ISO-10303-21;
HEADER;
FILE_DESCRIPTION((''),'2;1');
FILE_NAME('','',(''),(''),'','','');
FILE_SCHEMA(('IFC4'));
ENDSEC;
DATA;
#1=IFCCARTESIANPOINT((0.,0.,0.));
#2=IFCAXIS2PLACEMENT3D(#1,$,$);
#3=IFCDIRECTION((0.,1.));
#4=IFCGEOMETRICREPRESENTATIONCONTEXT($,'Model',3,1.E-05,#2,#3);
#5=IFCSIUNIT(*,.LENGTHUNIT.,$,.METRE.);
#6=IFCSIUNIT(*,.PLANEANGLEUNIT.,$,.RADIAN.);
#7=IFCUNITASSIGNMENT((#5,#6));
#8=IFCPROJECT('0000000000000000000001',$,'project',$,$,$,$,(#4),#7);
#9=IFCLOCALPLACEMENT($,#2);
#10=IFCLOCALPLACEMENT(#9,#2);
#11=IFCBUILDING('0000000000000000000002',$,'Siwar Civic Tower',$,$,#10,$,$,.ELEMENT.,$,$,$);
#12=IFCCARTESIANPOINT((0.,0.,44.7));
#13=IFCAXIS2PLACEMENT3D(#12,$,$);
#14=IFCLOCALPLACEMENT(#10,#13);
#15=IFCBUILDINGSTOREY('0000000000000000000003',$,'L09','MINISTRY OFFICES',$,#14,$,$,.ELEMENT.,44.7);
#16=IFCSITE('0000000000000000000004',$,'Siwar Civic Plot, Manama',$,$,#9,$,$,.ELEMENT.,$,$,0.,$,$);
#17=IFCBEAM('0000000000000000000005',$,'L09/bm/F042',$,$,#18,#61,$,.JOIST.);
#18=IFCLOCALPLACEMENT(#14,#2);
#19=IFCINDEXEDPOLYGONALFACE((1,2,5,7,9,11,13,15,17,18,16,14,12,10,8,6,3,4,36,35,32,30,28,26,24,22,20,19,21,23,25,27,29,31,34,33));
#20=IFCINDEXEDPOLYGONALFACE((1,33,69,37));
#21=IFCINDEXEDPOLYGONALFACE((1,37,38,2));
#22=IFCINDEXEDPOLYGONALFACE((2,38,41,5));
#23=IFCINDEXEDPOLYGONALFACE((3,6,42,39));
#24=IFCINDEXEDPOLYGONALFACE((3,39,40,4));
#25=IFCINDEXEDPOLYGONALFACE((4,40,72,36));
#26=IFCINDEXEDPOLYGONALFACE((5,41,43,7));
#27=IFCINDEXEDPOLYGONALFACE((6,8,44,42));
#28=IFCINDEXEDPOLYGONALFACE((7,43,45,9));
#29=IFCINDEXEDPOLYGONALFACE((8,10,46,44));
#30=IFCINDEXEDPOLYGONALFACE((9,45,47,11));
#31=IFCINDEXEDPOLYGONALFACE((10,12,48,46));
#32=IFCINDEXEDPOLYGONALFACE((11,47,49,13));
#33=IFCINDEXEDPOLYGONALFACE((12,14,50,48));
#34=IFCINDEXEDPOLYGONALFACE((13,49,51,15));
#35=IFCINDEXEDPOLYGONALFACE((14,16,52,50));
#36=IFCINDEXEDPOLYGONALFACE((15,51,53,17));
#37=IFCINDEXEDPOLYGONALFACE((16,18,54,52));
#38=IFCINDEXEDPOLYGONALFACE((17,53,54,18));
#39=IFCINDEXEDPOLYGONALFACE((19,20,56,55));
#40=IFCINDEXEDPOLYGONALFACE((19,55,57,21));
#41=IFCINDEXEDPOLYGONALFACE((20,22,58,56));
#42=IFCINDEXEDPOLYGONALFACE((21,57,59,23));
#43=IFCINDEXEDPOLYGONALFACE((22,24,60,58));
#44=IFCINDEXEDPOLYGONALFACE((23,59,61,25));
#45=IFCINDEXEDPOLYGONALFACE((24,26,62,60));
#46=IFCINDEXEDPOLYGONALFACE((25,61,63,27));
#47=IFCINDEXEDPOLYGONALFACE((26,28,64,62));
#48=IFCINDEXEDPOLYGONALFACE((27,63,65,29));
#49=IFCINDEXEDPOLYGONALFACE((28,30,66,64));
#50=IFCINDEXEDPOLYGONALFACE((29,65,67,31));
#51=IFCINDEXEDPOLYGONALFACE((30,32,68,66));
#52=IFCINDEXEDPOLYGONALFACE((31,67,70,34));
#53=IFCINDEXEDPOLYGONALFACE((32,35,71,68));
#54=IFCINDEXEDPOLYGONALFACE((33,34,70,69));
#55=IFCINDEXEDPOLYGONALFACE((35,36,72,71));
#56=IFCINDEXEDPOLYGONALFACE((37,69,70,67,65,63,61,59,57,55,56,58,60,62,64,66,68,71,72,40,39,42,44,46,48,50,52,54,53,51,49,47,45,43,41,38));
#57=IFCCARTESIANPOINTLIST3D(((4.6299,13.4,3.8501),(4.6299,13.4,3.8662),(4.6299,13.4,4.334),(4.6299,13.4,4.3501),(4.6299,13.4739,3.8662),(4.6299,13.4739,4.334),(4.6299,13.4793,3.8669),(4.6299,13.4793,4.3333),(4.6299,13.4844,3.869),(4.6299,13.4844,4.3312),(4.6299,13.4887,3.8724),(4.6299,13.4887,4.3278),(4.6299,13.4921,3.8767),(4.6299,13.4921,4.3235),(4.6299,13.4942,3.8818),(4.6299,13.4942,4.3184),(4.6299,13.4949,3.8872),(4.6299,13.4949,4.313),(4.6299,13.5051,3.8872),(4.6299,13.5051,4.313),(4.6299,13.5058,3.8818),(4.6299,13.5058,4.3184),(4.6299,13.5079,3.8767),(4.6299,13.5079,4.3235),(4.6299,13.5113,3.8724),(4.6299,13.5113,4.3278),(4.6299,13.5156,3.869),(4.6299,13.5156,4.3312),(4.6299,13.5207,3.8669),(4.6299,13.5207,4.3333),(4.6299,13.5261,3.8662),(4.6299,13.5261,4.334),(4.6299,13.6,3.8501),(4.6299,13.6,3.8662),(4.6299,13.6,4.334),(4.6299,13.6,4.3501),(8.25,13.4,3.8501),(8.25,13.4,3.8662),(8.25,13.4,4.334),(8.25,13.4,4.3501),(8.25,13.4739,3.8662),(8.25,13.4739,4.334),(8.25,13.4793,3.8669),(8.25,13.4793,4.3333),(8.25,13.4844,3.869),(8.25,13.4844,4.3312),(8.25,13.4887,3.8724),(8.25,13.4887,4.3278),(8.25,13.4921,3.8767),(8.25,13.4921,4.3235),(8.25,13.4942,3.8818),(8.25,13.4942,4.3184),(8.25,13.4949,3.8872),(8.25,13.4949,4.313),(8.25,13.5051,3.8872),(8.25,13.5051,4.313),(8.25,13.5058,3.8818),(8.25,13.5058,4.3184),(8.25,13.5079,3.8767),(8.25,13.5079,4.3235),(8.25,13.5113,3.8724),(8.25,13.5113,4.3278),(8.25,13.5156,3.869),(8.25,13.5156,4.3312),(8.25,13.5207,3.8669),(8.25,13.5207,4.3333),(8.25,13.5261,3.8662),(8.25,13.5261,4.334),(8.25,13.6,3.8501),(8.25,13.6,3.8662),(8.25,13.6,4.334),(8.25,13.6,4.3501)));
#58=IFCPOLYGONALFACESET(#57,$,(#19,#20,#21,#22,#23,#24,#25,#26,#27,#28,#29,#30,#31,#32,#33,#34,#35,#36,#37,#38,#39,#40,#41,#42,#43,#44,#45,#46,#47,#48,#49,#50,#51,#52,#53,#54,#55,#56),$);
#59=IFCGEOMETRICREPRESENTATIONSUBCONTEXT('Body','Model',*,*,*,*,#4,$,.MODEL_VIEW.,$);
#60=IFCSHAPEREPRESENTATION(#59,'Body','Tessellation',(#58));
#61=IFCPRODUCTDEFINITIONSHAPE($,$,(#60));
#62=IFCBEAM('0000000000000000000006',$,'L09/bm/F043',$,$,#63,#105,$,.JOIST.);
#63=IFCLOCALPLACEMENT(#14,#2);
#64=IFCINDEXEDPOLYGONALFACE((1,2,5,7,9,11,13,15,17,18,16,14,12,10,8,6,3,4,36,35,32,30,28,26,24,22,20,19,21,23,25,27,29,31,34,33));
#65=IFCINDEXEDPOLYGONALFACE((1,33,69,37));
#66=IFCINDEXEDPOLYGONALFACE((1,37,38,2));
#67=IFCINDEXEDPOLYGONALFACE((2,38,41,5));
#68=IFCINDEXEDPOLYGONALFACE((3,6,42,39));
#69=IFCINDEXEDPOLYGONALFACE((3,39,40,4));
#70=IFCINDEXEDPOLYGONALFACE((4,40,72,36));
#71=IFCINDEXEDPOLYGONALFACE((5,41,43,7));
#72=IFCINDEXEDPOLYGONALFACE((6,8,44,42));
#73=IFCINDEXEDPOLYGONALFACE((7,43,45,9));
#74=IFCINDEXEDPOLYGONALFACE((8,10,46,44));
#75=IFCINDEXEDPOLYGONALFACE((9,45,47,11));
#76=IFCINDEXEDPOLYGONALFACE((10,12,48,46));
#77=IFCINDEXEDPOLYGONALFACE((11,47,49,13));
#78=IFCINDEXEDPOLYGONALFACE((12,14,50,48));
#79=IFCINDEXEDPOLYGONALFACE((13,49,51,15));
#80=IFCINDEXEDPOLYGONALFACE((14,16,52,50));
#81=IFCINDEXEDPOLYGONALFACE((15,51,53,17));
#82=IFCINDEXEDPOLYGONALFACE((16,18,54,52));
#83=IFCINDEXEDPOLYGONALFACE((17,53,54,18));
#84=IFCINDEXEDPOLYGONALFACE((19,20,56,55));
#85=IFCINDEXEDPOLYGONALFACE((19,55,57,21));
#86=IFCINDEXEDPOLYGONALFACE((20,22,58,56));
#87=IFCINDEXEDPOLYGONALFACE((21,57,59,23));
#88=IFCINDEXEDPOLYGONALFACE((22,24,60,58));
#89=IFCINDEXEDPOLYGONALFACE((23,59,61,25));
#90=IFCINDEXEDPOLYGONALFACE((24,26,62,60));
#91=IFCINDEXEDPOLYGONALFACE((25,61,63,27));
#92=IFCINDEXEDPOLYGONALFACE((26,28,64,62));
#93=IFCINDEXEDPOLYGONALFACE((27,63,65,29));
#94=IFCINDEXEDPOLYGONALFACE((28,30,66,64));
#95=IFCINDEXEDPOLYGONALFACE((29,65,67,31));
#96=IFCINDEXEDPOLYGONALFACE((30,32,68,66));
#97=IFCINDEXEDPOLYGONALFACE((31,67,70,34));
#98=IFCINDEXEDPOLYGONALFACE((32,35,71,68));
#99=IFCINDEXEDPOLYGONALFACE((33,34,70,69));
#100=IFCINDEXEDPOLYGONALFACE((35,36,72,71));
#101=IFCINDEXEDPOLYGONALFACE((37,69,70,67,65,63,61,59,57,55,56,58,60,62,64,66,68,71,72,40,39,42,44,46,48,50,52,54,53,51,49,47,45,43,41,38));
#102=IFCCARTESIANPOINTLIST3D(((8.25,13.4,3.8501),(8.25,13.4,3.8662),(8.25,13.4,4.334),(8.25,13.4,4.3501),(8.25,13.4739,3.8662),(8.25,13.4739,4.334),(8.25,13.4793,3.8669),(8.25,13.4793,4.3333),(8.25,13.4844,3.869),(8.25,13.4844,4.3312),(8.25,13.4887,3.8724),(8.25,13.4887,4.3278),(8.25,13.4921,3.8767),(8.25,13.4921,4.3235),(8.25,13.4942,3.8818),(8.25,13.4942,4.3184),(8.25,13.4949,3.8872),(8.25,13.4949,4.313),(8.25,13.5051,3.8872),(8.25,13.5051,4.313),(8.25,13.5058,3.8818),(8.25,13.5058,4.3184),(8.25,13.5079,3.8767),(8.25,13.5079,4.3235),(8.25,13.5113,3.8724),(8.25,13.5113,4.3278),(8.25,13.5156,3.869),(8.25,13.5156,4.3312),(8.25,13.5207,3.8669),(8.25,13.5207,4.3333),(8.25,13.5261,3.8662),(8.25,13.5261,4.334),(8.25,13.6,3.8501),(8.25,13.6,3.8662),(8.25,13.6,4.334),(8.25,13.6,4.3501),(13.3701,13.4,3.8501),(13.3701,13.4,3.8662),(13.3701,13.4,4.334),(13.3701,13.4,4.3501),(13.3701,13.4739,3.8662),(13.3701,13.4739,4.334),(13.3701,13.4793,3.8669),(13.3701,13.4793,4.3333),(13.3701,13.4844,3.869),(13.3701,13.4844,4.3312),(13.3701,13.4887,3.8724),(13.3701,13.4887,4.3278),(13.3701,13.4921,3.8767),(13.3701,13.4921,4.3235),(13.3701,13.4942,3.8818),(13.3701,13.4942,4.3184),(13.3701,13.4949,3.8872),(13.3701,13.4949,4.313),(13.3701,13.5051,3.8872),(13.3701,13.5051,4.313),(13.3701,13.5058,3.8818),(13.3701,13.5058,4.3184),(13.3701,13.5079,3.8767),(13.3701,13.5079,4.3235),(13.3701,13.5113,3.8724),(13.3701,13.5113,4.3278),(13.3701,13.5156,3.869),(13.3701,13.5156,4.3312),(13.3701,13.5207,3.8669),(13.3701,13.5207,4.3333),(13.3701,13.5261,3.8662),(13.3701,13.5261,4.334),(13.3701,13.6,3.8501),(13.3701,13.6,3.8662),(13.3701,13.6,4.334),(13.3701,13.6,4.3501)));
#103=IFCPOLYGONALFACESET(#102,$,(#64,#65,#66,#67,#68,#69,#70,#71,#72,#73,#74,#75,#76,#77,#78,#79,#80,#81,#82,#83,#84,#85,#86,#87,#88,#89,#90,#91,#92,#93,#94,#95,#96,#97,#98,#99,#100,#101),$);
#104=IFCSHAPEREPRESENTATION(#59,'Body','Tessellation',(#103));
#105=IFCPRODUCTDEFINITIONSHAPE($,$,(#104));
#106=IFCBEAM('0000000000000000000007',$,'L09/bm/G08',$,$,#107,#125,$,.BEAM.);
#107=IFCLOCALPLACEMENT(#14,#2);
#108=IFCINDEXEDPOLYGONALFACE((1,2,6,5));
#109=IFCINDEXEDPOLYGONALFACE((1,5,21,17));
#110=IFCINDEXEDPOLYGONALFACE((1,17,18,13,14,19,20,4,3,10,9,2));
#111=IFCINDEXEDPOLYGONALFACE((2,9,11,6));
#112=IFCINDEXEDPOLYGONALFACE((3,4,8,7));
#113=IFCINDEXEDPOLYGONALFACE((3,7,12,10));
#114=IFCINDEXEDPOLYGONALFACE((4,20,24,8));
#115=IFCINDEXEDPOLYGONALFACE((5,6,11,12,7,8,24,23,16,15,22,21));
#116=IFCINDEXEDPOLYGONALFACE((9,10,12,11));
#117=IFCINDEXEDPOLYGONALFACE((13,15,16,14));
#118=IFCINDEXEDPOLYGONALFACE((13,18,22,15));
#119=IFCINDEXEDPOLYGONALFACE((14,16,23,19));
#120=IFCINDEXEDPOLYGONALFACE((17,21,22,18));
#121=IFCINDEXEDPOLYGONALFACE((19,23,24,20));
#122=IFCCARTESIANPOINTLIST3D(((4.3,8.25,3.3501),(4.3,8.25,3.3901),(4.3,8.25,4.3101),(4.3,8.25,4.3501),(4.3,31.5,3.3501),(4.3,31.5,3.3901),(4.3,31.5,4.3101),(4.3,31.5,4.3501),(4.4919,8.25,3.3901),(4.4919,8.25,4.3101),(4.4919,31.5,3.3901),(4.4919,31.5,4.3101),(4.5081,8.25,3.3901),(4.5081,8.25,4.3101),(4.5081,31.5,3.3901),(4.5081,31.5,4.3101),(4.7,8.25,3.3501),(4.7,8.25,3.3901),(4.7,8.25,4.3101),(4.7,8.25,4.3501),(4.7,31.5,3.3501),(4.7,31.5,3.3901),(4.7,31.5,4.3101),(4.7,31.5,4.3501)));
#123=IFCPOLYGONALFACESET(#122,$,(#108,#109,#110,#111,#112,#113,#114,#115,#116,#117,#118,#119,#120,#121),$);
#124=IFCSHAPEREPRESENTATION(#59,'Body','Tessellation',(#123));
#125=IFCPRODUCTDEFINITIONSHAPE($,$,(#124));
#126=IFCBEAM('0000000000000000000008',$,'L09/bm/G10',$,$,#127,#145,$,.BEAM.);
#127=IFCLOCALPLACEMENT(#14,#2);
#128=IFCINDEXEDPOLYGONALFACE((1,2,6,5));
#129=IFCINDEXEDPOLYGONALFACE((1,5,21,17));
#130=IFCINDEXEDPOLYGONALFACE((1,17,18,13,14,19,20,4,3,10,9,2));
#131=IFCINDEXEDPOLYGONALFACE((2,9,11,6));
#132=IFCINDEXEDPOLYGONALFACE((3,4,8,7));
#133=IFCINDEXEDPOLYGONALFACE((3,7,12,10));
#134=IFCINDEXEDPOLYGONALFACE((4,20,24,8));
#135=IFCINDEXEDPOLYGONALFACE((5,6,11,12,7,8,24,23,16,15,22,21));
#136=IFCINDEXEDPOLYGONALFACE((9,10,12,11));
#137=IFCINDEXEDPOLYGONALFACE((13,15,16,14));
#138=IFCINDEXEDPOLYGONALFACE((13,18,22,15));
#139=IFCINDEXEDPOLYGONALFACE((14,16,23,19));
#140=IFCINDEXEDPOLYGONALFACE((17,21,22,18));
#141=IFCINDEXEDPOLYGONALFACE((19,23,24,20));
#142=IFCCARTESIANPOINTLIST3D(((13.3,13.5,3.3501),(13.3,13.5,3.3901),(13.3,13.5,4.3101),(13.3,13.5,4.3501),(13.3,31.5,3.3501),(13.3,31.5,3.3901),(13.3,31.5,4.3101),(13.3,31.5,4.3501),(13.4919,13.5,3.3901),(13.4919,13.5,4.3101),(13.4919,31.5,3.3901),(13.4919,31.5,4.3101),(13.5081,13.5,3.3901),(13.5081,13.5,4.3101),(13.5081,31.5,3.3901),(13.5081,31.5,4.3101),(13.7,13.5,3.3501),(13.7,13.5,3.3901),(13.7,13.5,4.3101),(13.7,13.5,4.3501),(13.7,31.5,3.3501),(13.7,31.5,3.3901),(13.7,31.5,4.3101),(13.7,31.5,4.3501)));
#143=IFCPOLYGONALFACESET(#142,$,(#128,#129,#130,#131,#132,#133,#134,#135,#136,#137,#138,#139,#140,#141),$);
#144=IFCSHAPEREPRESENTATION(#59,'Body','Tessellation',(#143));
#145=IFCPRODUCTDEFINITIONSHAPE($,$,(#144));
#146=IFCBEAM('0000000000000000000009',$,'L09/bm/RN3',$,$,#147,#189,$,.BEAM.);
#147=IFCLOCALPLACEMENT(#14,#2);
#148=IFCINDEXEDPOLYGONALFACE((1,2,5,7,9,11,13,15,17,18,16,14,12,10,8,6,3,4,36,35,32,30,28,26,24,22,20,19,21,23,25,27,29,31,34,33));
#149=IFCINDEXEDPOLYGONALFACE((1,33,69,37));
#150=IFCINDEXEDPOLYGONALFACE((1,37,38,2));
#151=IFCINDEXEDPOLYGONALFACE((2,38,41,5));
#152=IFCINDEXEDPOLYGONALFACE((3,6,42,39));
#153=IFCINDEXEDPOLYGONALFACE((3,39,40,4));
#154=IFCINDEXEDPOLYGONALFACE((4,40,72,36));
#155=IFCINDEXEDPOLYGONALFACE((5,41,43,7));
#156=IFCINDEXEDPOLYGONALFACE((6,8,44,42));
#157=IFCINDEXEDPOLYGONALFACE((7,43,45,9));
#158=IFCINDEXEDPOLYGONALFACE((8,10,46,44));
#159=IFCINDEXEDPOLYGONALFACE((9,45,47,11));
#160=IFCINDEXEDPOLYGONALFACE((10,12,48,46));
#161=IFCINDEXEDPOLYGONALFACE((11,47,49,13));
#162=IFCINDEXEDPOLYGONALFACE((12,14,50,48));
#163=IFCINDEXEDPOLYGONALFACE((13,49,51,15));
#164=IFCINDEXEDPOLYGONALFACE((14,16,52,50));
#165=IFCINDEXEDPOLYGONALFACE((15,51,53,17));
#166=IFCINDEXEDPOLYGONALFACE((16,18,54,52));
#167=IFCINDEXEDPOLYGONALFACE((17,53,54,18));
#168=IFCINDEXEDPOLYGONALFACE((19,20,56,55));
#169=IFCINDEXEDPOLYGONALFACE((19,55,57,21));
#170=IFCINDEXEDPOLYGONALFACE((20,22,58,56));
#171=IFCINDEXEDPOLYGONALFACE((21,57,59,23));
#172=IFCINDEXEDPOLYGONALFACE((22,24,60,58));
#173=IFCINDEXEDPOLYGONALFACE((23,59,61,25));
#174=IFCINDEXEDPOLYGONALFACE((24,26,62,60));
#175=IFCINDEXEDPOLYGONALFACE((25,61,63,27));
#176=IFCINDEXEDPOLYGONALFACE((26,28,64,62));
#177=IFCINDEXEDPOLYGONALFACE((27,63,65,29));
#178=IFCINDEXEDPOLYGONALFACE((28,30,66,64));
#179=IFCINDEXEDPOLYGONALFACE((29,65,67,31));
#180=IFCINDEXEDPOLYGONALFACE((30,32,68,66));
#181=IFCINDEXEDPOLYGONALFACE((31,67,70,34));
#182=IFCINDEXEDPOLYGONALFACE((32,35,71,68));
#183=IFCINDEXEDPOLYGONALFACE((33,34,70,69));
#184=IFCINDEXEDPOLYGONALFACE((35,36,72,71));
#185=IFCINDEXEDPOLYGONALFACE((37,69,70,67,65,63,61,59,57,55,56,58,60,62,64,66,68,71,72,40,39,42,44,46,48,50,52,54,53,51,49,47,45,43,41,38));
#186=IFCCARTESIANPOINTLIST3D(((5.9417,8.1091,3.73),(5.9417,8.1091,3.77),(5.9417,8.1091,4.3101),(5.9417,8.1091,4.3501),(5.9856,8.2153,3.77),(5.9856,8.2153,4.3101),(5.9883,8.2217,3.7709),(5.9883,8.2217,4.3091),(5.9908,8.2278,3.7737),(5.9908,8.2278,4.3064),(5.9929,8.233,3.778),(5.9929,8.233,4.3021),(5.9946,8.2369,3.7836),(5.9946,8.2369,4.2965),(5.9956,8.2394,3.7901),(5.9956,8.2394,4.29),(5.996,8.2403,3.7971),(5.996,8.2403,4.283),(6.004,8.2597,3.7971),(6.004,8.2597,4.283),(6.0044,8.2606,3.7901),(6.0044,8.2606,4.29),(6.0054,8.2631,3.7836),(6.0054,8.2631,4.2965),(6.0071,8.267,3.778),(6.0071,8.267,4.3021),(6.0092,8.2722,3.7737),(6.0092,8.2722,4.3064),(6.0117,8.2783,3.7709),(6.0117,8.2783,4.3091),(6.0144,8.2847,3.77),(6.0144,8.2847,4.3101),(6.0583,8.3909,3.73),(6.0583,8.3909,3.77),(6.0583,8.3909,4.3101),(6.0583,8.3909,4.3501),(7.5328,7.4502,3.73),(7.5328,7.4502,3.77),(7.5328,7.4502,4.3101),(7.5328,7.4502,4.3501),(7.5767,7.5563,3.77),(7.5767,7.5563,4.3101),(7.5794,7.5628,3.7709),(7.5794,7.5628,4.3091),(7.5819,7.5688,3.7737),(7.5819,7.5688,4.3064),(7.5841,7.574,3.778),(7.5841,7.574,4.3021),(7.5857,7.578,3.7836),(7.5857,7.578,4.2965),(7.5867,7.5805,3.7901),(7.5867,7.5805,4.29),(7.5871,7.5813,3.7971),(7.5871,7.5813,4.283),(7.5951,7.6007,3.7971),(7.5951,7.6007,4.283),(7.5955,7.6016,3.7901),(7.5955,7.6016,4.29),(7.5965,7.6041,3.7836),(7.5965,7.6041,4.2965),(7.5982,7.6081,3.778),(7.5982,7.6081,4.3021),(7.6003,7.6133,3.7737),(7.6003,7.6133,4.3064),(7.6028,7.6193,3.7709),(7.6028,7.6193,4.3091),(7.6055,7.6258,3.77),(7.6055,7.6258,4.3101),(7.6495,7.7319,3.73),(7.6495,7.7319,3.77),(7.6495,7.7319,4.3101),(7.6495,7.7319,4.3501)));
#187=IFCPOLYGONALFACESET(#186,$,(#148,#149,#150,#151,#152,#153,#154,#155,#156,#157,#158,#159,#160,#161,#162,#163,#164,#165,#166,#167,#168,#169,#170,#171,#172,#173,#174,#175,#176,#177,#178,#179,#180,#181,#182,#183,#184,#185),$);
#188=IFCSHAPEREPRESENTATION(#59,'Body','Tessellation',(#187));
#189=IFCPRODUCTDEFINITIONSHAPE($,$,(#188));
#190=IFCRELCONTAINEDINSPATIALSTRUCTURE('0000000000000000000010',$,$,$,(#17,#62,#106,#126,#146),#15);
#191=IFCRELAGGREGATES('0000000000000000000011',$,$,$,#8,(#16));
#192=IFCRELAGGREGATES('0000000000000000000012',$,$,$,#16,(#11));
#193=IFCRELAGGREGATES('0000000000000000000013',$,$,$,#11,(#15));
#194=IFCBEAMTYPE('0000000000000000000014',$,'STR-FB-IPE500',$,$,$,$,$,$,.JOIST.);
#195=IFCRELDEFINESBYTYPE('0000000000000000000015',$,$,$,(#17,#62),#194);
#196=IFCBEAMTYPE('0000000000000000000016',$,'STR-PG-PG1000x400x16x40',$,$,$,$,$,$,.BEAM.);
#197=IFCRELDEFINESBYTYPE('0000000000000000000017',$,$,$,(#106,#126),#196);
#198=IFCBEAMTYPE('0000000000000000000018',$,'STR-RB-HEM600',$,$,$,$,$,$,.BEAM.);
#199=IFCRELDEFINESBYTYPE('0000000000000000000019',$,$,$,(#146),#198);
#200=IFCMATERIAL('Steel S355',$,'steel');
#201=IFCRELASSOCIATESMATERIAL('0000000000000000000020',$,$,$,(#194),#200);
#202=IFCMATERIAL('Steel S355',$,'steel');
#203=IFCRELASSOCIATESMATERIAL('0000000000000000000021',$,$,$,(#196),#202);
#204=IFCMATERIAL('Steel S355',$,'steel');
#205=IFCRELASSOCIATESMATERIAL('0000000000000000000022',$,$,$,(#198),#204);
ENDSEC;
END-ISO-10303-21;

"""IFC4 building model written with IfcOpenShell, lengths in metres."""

from ifc_helpers import new_model, si_unit, direction, frame, origin, origin_2d, place, context, subcontext, project, spatial, i_section, extrude, material, material_profile, profile_set, type_object, element, save


model = new_model("IFC4")

# Units and contexts
model_context = context("Model", 3, precision=1e-05, world=origin(), true_north=direction((0.0, 1.0)))
body_context = subcontext(model_context, "Body", "Model", "MODEL_VIEW")
ifc_project = project(units=[si_unit("LENGTHUNIT", "METRE"), si_unit("PLANEANGLEUNIT", "RADIAN")], contexts=[model_context])

# Site, building, storey
site_placement = place(None, origin())
site = spatial("IfcSite", under=ifc_project, at=site_placement, Name="Siwar Civic Plot, Manama", CompositionType="ELEMENT", RefElevation=0.0)
building_placement = place(site_placement, origin())
building = spatial("IfcBuilding", under=site, at=building_placement, Name="Siwar Civic Tower", CompositionType="ELEMENT")
storey_placement = place(building_placement, frame((0.0, 0.0, 44.7)))
storey = spatial("IfcBuildingStorey", under=building, at=storey_placement, Name="L09", Description="MINISTRY OFFICES", CompositionType="ELEMENT", Elevation=44.7)

# Beams
ifc_material_1 = material(Name="Steel S355", Category="steel")
ifc_material_profile_1 = material_profile(ifc_material_1, i_section(OverallWidth=0.2, OverallDepth=0.5, WebThickness=0.0103, FlangeThickness=0.0161, FilletRadius=0.021, at=origin_2d()), Name="IPE500")
ifc_profile_set_1 = profile_set([ifc_material_profile_1], Name="Steel S355")
beam_type_1 = type_object("IfcBeamType", Name="STR-FB-IPE500", PredefinedType="JOIST", material=ifc_profile_set_1)
beam_1_placement = place(storey_placement, frame((4.6299, 13.5, 4.1001), z_axis=(1.0, 0.0, 0.0), x_axis=(0.0, 1.0, 0.0)))
element("IfcBeam", 1, at=beam_1_placement, inside=storey, type_object=beam_type_1, Name="L09/bm/F042", PredefinedType="JOIST", context=body_context, shape_type="SweptSolid", body=[
    extrude(i_section(OverallWidth=0.2, OverallDepth=0.5, WebThickness=0.0103, FlangeThickness=0.0161, FilletRadius=0.021, at=origin_2d()), origin(), (0.0, 0.0, 1.0), 3.6201),
])
beam_2_placement = place(storey_placement, frame((8.25, 13.5, 4.1001), z_axis=(1.0, 0.0, 0.0), x_axis=(0.0, 1.0, 0.0)))
element("IfcBeam", 2, at=beam_2_placement, inside=storey, type_object=beam_type_1, Name="L09/bm/F043", PredefinedType="JOIST", context=body_context, shape_type="SweptSolid", body=[
    extrude(i_section(OverallWidth=0.2, OverallDepth=0.5, WebThickness=0.0103, FlangeThickness=0.0161, FilletRadius=0.021, at=origin_2d()), origin(), (0.0, 0.0, 1.0), 5.1201),
])
ifc_material_2 = material(Name="Steel S355", Category="steel")
ifc_material_profile_2 = material_profile(ifc_material_2, i_section(OverallWidth=0.3999, OverallDepth=1.0, WebThickness=0.0161, FlangeThickness=0.04, at=origin_2d()), Name="PG1000x400x16x40")
ifc_profile_set_2 = profile_set([ifc_material_profile_2], Name="Steel S355")
beam_type_2 = type_object("IfcBeamType", Name="STR-PG-PG1000x400x16x40", PredefinedType="BEAM", material=ifc_profile_set_2)
beam_3_placement = place(storey_placement, frame((4.5, 8.25, 3.8501), z_axis=(0.0, 1.0, 0.0), x_axis=(-1.0, 0.0, 0.0)))
element("IfcBeam", 3, at=beam_3_placement, inside=storey, type_object=beam_type_2, Name="L09/bm/G08", PredefinedType="BEAM", context=body_context, shape_type="SweptSolid", body=[
    extrude(i_section(OverallWidth=0.3999, OverallDepth=1.0, WebThickness=0.0161, FlangeThickness=0.04, at=origin_2d()), origin(), (0.0, 0.0, 1.0), 23.25),
])
beam_4_placement = place(storey_placement, frame((13.5, 13.5, 3.8501), z_axis=(0.0, 1.0, 0.0), x_axis=(-1.0, 0.0, 0.0)))
element("IfcBeam", 4, at=beam_4_placement, inside=storey, type_object=beam_type_2, Name="L09/bm/G10", PredefinedType="BEAM", context=body_context, shape_type="SweptSolid", body=[
    extrude(i_section(OverallWidth=0.3999, OverallDepth=1.0, WebThickness=0.0161, FlangeThickness=0.04, at=origin_2d()), origin(), (0.0, 0.0, 1.0), 18.0),
])
ifc_material_3 = material(Name="Steel S355", Category="steel")
ifc_material_profile_3 = material_profile(ifc_material_3, i_section(OverallWidth=0.3049, OverallDepth=0.6201, WebThickness=0.021, FlangeThickness=0.04, FilletRadius=0.0271, at=origin_2d()), Name="HEM600")
ifc_profile_set_3 = profile_set([ifc_material_profile_3], Name="Steel S355")
beam_type_3 = type_object("IfcBeamType", Name="STR-RB-HEM600", PredefinedType="BEAM", material=ifc_profile_set_3)
for number, where, z_axis, x_axis, name in (
    (5, (6.0, 8.25, 4.04), (0.923901, -0.382631, 0.0), (0.382631, 0.923901, 0.0), "L09/bm/RN3"),
):
    element("IfcBeam", number, at=place(storey_placement, frame(where, z_axis=z_axis, x_axis=x_axis)), inside=storey, type_object=beam_type_3, Name=name, PredefinedType="BEAM", context=body_context, shape_type="SweptSolid", body=[
        extrude(i_section(OverallWidth=0.3049, OverallDepth=0.6201, WebThickness=0.021, FlangeThickness=0.04, FilletRadius=0.0271, at=origin_2d()), origin(), (0.0, 0.0, 1.0), 1.7222),
    ])

save(model, "model.ifc")
